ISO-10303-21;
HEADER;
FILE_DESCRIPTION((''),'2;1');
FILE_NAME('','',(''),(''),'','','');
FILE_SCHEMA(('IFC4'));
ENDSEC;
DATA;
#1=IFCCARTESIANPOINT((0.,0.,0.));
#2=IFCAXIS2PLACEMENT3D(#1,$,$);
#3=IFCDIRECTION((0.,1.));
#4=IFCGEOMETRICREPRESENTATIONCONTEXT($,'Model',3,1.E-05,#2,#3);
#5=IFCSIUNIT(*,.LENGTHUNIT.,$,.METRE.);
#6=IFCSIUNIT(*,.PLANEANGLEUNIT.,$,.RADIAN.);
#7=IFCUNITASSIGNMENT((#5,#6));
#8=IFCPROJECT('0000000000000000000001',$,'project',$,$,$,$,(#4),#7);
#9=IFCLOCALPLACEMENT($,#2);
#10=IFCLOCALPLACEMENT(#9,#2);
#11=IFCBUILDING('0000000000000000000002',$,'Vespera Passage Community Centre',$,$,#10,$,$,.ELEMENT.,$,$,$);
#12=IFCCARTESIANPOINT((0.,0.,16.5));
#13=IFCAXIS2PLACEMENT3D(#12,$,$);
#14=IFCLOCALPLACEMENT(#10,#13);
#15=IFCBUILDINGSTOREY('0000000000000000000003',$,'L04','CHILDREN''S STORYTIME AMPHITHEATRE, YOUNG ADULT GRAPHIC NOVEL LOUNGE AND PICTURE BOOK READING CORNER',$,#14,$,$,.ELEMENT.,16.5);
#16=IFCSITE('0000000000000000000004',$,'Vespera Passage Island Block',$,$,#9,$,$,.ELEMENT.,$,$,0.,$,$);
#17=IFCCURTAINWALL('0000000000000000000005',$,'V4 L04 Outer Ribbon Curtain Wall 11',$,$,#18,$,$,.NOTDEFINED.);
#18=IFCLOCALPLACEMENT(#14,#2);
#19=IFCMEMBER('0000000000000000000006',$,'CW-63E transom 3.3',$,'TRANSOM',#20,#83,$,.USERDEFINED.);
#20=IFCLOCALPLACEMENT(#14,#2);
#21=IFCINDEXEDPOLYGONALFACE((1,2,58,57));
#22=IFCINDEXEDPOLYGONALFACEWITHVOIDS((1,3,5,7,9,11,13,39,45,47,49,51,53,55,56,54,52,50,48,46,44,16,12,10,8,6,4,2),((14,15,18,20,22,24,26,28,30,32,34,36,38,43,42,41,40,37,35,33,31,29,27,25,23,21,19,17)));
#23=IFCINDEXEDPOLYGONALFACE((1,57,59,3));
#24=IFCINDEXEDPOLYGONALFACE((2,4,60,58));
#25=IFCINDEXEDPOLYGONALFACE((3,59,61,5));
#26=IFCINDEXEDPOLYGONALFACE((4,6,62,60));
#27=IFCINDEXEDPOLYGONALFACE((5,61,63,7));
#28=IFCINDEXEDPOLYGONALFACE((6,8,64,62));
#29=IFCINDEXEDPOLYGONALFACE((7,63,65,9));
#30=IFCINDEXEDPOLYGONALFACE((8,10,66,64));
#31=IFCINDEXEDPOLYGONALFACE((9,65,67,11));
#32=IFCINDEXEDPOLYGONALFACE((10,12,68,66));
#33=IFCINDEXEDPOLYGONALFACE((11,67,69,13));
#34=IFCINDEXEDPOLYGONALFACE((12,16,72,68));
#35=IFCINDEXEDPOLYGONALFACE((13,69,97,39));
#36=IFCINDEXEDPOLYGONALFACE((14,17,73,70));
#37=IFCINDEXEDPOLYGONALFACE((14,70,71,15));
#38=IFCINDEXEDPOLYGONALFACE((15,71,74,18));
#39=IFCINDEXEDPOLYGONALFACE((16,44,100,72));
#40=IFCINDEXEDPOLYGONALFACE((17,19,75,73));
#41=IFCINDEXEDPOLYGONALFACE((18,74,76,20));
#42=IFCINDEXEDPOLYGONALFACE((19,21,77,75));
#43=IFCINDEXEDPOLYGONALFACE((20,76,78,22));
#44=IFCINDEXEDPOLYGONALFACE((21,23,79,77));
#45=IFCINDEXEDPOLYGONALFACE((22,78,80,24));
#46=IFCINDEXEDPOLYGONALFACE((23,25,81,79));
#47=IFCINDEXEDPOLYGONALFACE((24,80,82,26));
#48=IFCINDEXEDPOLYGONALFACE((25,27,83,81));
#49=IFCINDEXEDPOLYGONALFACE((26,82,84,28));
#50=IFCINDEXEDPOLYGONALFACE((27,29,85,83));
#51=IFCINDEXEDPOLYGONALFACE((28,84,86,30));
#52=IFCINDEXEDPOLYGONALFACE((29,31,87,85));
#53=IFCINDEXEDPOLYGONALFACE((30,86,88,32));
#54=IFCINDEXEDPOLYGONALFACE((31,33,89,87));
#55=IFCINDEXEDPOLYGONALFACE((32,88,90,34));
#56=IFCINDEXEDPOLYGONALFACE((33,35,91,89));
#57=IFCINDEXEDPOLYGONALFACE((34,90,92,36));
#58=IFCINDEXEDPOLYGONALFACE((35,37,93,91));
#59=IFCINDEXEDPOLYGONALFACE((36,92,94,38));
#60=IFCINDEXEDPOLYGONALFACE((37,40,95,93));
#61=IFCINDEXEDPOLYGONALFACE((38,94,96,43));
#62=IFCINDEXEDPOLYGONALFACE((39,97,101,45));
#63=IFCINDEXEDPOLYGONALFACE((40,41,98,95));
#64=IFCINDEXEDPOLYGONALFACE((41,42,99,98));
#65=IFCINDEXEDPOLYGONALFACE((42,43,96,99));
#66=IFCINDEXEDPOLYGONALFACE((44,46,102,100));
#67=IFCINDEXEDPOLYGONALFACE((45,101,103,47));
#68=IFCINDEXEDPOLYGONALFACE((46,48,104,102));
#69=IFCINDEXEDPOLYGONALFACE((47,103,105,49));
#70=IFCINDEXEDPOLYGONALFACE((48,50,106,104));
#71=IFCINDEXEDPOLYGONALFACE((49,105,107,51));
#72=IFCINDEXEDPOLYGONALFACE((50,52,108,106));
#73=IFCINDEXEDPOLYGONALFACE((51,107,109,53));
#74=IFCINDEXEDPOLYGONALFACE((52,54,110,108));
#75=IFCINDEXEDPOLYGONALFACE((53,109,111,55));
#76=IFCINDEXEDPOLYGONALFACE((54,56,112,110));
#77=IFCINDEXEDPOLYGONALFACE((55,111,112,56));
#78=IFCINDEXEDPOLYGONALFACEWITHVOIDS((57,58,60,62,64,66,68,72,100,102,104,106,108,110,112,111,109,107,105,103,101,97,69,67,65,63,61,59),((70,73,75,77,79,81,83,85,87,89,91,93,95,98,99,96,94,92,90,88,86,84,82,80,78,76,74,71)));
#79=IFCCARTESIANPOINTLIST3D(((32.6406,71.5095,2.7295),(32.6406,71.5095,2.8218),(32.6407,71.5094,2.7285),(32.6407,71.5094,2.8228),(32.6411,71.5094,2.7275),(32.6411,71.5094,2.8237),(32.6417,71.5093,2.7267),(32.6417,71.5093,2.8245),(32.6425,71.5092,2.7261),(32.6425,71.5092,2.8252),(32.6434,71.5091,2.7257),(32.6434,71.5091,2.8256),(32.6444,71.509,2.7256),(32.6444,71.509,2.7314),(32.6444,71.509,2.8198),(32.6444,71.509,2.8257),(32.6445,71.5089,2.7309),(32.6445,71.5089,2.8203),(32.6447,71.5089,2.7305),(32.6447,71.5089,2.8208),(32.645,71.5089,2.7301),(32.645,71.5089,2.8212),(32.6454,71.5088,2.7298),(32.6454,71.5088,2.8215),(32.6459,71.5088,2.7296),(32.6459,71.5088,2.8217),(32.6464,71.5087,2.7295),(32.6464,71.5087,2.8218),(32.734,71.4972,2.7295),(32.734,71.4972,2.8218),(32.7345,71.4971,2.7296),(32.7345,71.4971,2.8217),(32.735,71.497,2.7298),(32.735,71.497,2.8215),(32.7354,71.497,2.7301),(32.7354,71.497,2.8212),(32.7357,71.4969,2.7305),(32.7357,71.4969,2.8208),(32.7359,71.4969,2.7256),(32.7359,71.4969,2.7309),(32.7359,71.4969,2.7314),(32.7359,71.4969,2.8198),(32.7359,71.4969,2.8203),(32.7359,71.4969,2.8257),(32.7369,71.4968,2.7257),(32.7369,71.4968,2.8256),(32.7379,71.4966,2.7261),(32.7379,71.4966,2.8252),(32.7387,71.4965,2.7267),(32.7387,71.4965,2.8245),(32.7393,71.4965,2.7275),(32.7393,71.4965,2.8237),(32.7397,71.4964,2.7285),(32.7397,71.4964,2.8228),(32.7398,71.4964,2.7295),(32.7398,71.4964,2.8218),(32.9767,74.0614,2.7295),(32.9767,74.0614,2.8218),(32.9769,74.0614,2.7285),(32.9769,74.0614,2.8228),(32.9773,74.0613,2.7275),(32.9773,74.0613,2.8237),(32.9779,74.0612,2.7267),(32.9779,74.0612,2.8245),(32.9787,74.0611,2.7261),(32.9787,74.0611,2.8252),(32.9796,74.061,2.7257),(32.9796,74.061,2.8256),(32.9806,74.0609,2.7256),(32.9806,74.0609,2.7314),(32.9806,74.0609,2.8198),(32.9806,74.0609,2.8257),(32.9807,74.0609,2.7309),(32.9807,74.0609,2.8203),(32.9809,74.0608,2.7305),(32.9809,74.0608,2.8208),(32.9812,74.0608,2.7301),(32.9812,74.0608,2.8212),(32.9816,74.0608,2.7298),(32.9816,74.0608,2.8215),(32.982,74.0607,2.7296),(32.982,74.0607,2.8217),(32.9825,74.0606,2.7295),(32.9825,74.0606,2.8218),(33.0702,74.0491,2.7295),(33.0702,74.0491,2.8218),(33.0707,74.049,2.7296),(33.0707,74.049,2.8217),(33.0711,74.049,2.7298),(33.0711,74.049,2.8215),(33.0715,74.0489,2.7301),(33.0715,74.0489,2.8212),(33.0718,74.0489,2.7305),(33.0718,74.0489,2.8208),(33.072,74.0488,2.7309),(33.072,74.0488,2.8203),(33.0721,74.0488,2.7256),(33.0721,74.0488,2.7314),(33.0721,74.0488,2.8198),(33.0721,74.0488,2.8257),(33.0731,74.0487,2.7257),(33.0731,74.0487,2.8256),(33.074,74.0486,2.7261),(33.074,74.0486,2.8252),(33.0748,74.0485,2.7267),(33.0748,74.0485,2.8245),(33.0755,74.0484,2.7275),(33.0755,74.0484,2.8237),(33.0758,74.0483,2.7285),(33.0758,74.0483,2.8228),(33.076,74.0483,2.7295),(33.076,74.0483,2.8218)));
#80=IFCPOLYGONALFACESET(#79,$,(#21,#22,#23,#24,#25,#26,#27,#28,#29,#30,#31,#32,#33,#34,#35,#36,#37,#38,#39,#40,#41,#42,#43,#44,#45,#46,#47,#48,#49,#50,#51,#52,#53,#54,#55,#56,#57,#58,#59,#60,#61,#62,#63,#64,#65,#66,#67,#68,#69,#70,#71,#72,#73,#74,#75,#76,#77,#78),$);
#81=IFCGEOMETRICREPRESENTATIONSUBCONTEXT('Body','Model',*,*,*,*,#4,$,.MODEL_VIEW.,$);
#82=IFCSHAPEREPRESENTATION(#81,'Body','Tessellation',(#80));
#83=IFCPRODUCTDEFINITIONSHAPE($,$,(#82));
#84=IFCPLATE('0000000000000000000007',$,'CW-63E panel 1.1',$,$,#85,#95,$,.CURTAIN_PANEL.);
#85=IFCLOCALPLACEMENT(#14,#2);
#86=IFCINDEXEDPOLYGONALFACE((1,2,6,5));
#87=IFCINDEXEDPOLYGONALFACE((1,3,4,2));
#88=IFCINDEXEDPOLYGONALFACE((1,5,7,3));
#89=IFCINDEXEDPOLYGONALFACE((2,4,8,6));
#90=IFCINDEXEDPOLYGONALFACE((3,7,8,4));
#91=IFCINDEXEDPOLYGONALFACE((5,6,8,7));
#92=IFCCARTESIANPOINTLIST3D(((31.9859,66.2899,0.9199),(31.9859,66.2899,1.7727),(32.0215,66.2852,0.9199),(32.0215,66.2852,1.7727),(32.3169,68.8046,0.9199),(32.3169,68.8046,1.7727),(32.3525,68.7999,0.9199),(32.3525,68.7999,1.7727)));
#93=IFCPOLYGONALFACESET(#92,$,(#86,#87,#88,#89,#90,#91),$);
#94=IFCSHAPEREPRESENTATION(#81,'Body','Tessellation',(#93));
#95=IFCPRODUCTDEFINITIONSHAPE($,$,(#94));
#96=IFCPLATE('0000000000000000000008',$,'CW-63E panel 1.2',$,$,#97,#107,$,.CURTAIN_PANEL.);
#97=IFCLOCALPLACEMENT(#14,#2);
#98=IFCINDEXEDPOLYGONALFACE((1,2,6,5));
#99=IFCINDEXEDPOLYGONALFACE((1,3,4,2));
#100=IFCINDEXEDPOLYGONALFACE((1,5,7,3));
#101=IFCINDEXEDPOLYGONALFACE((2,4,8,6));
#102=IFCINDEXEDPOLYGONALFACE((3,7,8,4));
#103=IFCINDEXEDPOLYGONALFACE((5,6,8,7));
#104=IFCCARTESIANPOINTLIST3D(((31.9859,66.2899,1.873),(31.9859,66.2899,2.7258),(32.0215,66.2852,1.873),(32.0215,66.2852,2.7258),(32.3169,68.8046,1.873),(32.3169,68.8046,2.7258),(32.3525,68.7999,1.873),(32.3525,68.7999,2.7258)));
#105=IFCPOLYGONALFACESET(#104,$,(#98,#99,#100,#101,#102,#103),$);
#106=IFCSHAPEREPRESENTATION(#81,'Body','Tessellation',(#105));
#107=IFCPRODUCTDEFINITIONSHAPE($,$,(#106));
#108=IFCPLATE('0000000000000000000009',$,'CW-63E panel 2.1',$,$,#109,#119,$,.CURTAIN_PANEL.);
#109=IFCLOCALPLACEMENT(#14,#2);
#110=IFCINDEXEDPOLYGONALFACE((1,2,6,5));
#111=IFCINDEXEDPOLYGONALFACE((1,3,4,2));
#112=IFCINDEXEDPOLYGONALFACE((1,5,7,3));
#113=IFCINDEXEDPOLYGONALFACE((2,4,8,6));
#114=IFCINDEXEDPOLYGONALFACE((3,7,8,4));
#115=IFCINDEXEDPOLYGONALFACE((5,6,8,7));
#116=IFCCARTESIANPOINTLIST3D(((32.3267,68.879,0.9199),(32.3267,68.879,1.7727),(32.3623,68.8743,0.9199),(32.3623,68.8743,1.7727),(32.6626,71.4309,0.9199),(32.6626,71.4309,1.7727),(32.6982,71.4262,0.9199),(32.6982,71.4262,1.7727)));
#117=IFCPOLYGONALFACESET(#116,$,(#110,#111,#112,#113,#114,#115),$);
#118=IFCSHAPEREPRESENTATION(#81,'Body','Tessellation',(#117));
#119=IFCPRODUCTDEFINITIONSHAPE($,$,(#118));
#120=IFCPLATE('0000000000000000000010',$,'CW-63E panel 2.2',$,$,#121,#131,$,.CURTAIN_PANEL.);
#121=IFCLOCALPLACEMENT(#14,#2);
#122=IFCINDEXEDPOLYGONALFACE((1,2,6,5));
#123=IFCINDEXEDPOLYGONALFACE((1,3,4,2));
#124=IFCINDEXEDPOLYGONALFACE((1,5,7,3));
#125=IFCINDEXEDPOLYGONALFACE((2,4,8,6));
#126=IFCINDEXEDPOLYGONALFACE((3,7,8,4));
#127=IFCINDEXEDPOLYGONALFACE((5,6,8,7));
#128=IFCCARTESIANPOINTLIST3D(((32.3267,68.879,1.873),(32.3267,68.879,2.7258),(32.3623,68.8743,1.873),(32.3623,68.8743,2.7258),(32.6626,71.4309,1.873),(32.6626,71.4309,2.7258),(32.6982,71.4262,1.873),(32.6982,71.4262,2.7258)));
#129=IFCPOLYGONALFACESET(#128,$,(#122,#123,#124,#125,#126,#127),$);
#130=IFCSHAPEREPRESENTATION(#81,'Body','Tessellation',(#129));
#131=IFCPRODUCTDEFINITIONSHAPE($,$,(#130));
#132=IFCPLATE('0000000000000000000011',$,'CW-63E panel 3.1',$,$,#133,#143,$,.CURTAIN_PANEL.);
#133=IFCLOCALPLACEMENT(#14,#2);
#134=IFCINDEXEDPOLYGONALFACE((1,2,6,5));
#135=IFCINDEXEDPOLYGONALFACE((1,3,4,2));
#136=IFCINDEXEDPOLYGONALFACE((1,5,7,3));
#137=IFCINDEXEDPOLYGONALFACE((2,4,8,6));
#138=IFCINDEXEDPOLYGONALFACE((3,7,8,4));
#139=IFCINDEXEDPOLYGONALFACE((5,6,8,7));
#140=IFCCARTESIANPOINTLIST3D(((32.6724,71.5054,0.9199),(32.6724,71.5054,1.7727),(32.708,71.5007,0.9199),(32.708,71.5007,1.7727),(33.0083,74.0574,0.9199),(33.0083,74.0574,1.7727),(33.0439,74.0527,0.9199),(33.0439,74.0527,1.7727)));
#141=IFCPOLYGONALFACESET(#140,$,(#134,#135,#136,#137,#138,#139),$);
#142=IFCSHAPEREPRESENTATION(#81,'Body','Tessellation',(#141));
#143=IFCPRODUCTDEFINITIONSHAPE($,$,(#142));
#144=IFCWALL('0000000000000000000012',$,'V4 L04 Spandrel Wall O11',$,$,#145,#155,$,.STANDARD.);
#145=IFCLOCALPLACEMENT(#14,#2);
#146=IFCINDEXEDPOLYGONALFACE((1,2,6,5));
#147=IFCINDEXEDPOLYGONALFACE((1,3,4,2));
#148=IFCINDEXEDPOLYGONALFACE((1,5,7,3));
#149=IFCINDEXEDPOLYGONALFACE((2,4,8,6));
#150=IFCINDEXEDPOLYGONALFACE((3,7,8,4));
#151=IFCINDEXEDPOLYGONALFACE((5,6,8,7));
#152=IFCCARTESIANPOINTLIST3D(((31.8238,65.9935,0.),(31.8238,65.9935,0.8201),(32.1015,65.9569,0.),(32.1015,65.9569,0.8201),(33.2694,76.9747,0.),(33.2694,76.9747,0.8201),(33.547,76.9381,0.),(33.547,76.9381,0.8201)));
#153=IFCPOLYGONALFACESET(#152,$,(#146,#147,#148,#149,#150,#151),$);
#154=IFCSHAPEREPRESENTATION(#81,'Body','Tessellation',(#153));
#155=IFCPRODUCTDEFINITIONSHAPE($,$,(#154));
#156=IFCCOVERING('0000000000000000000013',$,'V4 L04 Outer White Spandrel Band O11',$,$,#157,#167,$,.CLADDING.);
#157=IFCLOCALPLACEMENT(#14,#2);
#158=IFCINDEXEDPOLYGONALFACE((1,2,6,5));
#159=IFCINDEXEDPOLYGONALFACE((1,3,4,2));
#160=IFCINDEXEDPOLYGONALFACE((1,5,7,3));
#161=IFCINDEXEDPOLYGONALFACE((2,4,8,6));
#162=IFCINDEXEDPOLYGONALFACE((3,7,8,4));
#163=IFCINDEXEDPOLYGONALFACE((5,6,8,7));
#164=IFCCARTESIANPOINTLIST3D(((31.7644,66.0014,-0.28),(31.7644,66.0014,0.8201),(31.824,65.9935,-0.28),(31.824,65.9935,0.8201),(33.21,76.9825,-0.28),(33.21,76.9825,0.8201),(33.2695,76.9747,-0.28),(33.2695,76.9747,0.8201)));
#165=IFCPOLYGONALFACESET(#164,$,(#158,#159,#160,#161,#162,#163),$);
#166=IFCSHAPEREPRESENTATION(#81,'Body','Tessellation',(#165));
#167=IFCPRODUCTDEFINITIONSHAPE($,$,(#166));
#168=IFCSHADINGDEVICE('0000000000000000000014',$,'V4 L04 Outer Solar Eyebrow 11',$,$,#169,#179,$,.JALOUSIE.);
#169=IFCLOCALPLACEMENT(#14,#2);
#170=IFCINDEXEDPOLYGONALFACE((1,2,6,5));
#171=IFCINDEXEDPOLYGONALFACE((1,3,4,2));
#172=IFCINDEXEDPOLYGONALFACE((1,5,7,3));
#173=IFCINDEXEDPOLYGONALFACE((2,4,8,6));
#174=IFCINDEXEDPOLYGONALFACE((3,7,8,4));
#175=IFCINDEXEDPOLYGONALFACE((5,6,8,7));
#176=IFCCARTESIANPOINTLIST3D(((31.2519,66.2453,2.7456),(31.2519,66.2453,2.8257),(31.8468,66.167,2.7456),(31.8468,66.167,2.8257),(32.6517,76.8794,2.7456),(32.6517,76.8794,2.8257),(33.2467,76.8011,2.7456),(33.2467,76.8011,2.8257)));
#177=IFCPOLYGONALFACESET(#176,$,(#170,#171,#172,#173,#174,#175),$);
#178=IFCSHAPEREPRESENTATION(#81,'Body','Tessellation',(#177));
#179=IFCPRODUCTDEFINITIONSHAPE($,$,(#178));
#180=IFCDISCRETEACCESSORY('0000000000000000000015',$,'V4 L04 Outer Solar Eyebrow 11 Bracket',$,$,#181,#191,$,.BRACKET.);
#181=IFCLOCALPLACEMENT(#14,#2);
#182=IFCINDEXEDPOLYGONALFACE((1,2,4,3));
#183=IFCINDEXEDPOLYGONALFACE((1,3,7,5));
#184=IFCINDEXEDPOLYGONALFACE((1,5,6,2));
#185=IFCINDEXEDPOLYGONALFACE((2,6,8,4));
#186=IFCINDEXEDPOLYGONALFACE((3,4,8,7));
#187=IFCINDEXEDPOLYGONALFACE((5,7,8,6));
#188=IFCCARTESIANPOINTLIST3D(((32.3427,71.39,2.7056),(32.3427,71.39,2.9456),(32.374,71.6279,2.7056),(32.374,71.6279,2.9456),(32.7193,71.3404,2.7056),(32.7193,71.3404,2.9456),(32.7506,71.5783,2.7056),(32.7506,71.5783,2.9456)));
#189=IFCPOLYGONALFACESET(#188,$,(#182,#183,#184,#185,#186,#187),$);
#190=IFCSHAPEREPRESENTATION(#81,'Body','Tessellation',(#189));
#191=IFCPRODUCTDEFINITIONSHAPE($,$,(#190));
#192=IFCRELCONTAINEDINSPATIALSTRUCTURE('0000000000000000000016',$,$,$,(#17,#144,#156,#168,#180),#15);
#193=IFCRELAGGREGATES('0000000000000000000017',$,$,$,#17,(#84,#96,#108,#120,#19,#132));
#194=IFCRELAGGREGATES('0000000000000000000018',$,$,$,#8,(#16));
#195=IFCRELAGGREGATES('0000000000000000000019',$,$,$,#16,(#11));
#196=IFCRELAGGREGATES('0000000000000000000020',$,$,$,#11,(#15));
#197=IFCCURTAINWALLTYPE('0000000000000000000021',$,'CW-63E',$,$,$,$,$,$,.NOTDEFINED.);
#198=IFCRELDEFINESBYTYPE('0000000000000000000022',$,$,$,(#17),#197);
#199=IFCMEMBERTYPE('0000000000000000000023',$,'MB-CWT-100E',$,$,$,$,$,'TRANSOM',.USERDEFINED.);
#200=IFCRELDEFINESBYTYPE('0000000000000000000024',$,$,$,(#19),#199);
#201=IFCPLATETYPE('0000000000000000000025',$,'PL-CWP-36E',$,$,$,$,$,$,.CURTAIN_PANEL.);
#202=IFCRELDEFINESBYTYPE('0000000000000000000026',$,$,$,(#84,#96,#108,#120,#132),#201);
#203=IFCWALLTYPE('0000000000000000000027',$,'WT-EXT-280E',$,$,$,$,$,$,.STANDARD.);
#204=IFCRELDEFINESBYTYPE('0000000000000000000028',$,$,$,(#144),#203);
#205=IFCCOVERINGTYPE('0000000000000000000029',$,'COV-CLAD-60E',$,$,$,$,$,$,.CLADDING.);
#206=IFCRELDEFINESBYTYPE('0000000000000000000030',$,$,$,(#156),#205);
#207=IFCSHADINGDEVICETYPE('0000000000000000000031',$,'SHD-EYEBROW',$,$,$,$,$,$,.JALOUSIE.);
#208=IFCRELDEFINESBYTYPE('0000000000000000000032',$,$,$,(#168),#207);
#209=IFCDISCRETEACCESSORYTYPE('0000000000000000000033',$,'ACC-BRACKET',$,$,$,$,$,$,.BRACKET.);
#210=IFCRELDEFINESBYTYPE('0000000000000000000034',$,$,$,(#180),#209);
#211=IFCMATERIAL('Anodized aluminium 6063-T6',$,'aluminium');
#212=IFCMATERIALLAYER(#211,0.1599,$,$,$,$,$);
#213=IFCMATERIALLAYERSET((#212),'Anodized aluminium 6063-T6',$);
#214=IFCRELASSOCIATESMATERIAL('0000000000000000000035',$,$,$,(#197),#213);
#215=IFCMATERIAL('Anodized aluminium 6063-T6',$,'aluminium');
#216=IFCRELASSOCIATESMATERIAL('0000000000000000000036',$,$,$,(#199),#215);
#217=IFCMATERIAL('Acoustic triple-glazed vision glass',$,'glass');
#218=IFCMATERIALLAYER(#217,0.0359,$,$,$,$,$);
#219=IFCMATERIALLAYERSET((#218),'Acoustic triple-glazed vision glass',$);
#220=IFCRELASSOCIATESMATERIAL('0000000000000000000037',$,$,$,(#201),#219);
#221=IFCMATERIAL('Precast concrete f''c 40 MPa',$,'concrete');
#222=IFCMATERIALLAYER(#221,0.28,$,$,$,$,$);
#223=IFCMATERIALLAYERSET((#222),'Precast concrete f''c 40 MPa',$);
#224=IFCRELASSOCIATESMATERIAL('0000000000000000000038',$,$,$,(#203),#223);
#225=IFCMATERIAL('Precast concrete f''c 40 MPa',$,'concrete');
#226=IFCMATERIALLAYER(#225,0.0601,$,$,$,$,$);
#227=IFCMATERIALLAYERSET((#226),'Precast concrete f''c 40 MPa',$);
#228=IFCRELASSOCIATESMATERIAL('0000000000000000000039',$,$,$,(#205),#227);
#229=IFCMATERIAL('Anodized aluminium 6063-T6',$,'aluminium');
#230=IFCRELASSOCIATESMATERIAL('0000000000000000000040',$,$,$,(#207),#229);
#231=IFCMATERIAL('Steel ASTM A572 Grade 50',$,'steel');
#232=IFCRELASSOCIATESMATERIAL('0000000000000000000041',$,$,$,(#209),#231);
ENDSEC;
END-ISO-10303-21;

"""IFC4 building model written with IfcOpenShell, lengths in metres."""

from ifc_helpers import new_model, si_unit, direction, frame, frame_2d, origin, origin_2d, place, context, subcontext, project, spatial, rectangle, hollow_rectangle, extrude, material, layer, layer_set, material_profile, profile_set, type_object, element, aggregate, save


model = new_model("IFC4")

# Units and contexts
model_context = context("Model", 3, precision=1e-05, world=origin(), true_north=direction((0.0, 1.0)))
body_context = subcontext(model_context, "Body", "Model", "MODEL_VIEW")
ifc_project = project(units=[si_unit("LENGTHUNIT", "METRE"), si_unit("PLANEANGLEUNIT", "RADIAN")], contexts=[model_context])

# Site, building, storey
site_placement = place(None, origin())
site = spatial("IfcSite", under=ifc_project, at=site_placement, Name="Vespera Passage Island Block", CompositionType="ELEMENT", RefElevation=0.0)
building_placement = place(site_placement, origin())
building = spatial("IfcBuilding", under=site, at=building_placement, Name="Vespera Passage Community Centre", CompositionType="ELEMENT")
storey_placement = place(building_placement, frame((0.0, 0.0, 16.5)))
storey = spatial("IfcBuildingStorey", under=building, at=storey_placement, Name="L04", Description="CHILDREN'S STORYTIME AMPHITHEATRE, YOUNG ADULT GRAPHIC NOVEL LOUNGE AND PICTURE BOOK READING CORNER", CompositionType="ELEMENT", Elevation=16.5)

# Curtain wall, member, plates
ifc_material_1 = material(Name="Anodized aluminium 6063-T6", Category="aluminium")
ifc_layer_1 = layer(ifc_material_1, 0.1599)
ifc_layer_set_1 = layer_set([ifc_layer_1], Name="Anodized aluminium 6063-T6")
curtain_wall_type = type_object("IfcCurtainWallType", Name="CW-63E", PredefinedType="NOTDEFINED", material=ifc_layer_set_1)
curtain_wall_placement = place(storey_placement, origin())
curtain_wall = element("IfcCurtainWall", 1, at=curtain_wall_placement, inside=storey, type_object=curtain_wall_type, Name="V4 L04 Outer Ribbon Curtain Wall 11", PredefinedType="NOTDEFINED")
ifc_material_2 = material(Name="Anodized aluminium 6063-T6", Category="aluminium")
ifc_material_profile_1 = material_profile(ifc_material_2, hollow_rectangle(XDim=0.1001, YDim=0.1001, WallThickness=0.0039, InnerFilletRadius=0.002, OuterFilletRadius=0.0039, at=origin_2d()), Name="ALU100X100X4")
ifc_profile_set_1 = profile_set([ifc_material_profile_1], Name="Anodized aluminium 6063-T6")
member_type_1 = type_object("IfcMemberType", Name="MB-CWT-100E", ElementType="TRANSOM", PredefinedType="USERDEFINED", material=ifc_profile_set_1)
member_1_placement = place(storey_placement, frame((32.6902, 71.5029, 2.7756), z_axis=(0.130604, 0.991435, 0.0), x_axis=(-0.991435, 0.130604, 0.0)))
member_1 = element("IfcMember", 2, at=member_1_placement, type_object=member_type_1, Name="CW-63E transom 3.3", ObjectType="TRANSOM", PredefinedType="USERDEFINED", context=body_context, shape_type="SweptSolid", body=[
    extrude(hollow_rectangle(XDim=0.1001, YDim=0.1001, WallThickness=0.0039, InnerFilletRadius=0.002, OuterFilletRadius=0.0039, at=origin_2d()), origin(), (0.0, 0.0, 1.0), 2.574),
])
ifc_material_3 = material(Name="Acoustic triple-glazed vision glass", Category="glass")
ifc_layer_2 = layer(ifc_material_3, 0.0359)
ifc_layer_set_2 = layer_set([ifc_layer_2], Name="Acoustic triple-glazed vision glass")
plate_type = type_object("IfcPlateType", Name="PL-CWP-36E", PredefinedType="CURTAIN_PANEL", material=ifc_layer_set_2)
plate_1_placement = place(storey_placement, frame((32.1692, 67.5449, 0.9199), z_axis=(0.0, 0.0, 1.0), x_axis=(0.130523, 0.991445, 0.0)))
plate_1 = element("IfcPlate", 3, at=plate_1_placement, type_object=plate_type, Name="CW-63E panel 1.1", PredefinedType="CURTAIN_PANEL", context=body_context, shape_type="SweptSolid", body=[
    extrude(rectangle(XDim=2.5364, YDim=0.0359, at=origin_2d()), origin(), (0.0, 0.0, 1.0), 0.8528),
])
plate_2_placement = place(storey_placement, frame((32.1692, 67.5449, 1.873), z_axis=(0.0, 0.0, 1.0), x_axis=(0.130523, 0.991445, 0.0)))
plate_2 = element("IfcPlate", 4, at=plate_2_placement, type_object=plate_type, Name="CW-63E panel 1.2", PredefinedType="CURTAIN_PANEL", context=body_context, shape_type="SweptSolid", body=[
    extrude(rectangle(XDim=2.5364, YDim=0.0359, at=origin_2d()), origin(), (0.0, 0.0, 1.0), 0.8528),
])
plate_3_placement = place(storey_placement, frame((32.5125, 70.1526, 0.9199), z_axis=(0.0, 0.0, 1.0), x_axis=(0.130523, 0.991445, 0.0)))
plate_3 = element("IfcPlate", 5, at=plate_3_placement, type_object=plate_type, Name="CW-63E panel 2.1", PredefinedType="CURTAIN_PANEL", context=body_context, shape_type="SweptSolid", body=[
    extrude(rectangle(XDim=2.574, YDim=0.0359, at=origin_2d()), origin(), (0.0, 0.0, 1.0), 0.8528),
])
plate_4_placement = place(storey_placement, frame((32.5125, 70.1526, 1.873), z_axis=(0.0, 0.0, 1.0), x_axis=(0.130523, 0.991445, 0.0)))
plate_4 = element("IfcPlate", 6, at=plate_4_placement, type_object=plate_type, Name="CW-63E panel 2.2", PredefinedType="CURTAIN_PANEL", context=body_context, shape_type="SweptSolid", body=[
    extrude(rectangle(XDim=2.574, YDim=0.0359, at=origin_2d()), origin(), (0.0, 0.0, 1.0), 0.8528),
])
plate_5_placement = place(storey_placement, frame((32.8582, 72.7791, 0.9199), z_axis=(0.0, 0.0, 1.0), x_axis=(0.130523, 0.991445, 0.0)))
plate_5 = element("IfcPlate", 7, at=plate_5_placement, type_object=plate_type, Name="CW-63E panel 3.1", PredefinedType="CURTAIN_PANEL", context=body_context, shape_type="SweptSolid", body=[
    extrude(rectangle(XDim=2.574, YDim=0.0359, at=origin_2d()), origin(), (0.0, 0.0, 1.0), 0.8528),
])
aggregate(curtain_wall, [plate_1, plate_2, plate_3, plate_4, member_1, plate_5])

# Wall
ifc_material_4 = material(Name="Precast concrete f'c 40 MPa", Category="concrete")
ifc_layer_3 = layer(ifc_material_4, 0.28)
ifc_layer_set_3 = layer_set([ifc_layer_3], Name="Precast concrete f'c 40 MPa")
wall_type = type_object("IfcWallType", Name="WT-EXT-280E", PredefinedType="STANDARD", material=ifc_layer_set_3)
wall_placement = place(storey_placement, frame((31.9626, 65.9751, 0.0), z_axis=(0.0, 0.0, 1.0), x_axis=(0.130513, 0.991447, 0.0)))
element("IfcWall", 8, at=wall_placement, inside=storey, type_object=wall_type, Name="V4 L04 Spandrel Wall O11", PredefinedType="STANDARD", context=body_context, shape_type="SweptSolid", body=[
    extrude(rectangle(XDim=11.0759, YDim=0.28, at=frame_2d((5.5381, 0.0))), origin(), (0.0, 0.0, 1.0), 0.8201),
])

# Covering
ifc_material_5 = material(Name="Precast concrete f'c 40 MPa", Category="concrete")
ifc_layer_4 = layer(ifc_material_5, 0.0601)
ifc_layer_set_4 = layer_set([ifc_layer_4], Name="Precast concrete f'c 40 MPa")
covering_type = type_object("IfcCoveringType", Name="COV-CLAD-60E", PredefinedType="CLADDING", material=ifc_layer_set_4)
covering_placement = place(storey_placement, frame((31.7942, 65.9973, -0.28), z_axis=(0.0, 0.0, 1.0), x_axis=(0.130513, 0.991447, 0.0)))
element("IfcCovering", 9, at=covering_placement, inside=storey, type_object=covering_type, Name="V4 L04 Outer White Spandrel Band O11", PredefinedType="CLADDING", context=body_context, shape_type="SweptSolid", body=[
    extrude(rectangle(XDim=11.0759, YDim=0.0601, at=frame_2d((5.5381, 0.0))), origin(), (0.0, 0.0, 1.0), 1.1001),
])

# Shading device
ifc_material_6 = material(Name="Anodized aluminium 6063-T6", Category="aluminium")
shading_device_type = type_object("IfcShadingDeviceType", Name="SHD-EYEBROW", PredefinedType="JALOUSIE", material=ifc_material_6)
shading_device_placement = place(storey_placement, frame((32.2493, 71.5232, 2.7456), z_axis=(0.0, 0.0, 1.0), x_axis=(0.130509, 0.991447, 0.0)))
element("IfcShadingDevice", 10, at=shading_device_placement, inside=storey, type_object=shading_device_type, Name="V4 L04 Outer Solar Eyebrow 11", PredefinedType="JALOUSIE", context=body_context, shape_type="SweptSolid", body=[
    extrude(rectangle(XDim=10.7258, YDim=0.6001, at=origin_2d()), origin(), (0.0, 0.0, 1.0), 0.0801),
])

# Discrete accessory
ifc_material_7 = material(Name="Steel ASTM A572 Grade 50", Category="steel")
discrete_accessory_type = type_object("IfcDiscreteAccessoryType", Name="ACC-BRACKET", PredefinedType="BRACKET", material=ifc_material_7)
discrete_accessory_placement = place(storey_placement, frame((32.5466, 71.4841, 2.7056), z_axis=(0.0, 0.0, 1.0), x_axis=(0.130509, 0.991447, 0.0)))
element("IfcDiscreteAccessory", 11, at=discrete_accessory_placement, inside=storey, type_object=discrete_accessory_type, Name="V4 L04 Outer Solar Eyebrow 11 Bracket", PredefinedType="BRACKET", context=body_context, shape_type="SweptSolid", body=[
    extrude(rectangle(XDim=0.24, YDim=0.3799, at=origin_2d()), origin(), (0.0, 0.0, 1.0), 0.24),
])

save(model, "model.ifc")
